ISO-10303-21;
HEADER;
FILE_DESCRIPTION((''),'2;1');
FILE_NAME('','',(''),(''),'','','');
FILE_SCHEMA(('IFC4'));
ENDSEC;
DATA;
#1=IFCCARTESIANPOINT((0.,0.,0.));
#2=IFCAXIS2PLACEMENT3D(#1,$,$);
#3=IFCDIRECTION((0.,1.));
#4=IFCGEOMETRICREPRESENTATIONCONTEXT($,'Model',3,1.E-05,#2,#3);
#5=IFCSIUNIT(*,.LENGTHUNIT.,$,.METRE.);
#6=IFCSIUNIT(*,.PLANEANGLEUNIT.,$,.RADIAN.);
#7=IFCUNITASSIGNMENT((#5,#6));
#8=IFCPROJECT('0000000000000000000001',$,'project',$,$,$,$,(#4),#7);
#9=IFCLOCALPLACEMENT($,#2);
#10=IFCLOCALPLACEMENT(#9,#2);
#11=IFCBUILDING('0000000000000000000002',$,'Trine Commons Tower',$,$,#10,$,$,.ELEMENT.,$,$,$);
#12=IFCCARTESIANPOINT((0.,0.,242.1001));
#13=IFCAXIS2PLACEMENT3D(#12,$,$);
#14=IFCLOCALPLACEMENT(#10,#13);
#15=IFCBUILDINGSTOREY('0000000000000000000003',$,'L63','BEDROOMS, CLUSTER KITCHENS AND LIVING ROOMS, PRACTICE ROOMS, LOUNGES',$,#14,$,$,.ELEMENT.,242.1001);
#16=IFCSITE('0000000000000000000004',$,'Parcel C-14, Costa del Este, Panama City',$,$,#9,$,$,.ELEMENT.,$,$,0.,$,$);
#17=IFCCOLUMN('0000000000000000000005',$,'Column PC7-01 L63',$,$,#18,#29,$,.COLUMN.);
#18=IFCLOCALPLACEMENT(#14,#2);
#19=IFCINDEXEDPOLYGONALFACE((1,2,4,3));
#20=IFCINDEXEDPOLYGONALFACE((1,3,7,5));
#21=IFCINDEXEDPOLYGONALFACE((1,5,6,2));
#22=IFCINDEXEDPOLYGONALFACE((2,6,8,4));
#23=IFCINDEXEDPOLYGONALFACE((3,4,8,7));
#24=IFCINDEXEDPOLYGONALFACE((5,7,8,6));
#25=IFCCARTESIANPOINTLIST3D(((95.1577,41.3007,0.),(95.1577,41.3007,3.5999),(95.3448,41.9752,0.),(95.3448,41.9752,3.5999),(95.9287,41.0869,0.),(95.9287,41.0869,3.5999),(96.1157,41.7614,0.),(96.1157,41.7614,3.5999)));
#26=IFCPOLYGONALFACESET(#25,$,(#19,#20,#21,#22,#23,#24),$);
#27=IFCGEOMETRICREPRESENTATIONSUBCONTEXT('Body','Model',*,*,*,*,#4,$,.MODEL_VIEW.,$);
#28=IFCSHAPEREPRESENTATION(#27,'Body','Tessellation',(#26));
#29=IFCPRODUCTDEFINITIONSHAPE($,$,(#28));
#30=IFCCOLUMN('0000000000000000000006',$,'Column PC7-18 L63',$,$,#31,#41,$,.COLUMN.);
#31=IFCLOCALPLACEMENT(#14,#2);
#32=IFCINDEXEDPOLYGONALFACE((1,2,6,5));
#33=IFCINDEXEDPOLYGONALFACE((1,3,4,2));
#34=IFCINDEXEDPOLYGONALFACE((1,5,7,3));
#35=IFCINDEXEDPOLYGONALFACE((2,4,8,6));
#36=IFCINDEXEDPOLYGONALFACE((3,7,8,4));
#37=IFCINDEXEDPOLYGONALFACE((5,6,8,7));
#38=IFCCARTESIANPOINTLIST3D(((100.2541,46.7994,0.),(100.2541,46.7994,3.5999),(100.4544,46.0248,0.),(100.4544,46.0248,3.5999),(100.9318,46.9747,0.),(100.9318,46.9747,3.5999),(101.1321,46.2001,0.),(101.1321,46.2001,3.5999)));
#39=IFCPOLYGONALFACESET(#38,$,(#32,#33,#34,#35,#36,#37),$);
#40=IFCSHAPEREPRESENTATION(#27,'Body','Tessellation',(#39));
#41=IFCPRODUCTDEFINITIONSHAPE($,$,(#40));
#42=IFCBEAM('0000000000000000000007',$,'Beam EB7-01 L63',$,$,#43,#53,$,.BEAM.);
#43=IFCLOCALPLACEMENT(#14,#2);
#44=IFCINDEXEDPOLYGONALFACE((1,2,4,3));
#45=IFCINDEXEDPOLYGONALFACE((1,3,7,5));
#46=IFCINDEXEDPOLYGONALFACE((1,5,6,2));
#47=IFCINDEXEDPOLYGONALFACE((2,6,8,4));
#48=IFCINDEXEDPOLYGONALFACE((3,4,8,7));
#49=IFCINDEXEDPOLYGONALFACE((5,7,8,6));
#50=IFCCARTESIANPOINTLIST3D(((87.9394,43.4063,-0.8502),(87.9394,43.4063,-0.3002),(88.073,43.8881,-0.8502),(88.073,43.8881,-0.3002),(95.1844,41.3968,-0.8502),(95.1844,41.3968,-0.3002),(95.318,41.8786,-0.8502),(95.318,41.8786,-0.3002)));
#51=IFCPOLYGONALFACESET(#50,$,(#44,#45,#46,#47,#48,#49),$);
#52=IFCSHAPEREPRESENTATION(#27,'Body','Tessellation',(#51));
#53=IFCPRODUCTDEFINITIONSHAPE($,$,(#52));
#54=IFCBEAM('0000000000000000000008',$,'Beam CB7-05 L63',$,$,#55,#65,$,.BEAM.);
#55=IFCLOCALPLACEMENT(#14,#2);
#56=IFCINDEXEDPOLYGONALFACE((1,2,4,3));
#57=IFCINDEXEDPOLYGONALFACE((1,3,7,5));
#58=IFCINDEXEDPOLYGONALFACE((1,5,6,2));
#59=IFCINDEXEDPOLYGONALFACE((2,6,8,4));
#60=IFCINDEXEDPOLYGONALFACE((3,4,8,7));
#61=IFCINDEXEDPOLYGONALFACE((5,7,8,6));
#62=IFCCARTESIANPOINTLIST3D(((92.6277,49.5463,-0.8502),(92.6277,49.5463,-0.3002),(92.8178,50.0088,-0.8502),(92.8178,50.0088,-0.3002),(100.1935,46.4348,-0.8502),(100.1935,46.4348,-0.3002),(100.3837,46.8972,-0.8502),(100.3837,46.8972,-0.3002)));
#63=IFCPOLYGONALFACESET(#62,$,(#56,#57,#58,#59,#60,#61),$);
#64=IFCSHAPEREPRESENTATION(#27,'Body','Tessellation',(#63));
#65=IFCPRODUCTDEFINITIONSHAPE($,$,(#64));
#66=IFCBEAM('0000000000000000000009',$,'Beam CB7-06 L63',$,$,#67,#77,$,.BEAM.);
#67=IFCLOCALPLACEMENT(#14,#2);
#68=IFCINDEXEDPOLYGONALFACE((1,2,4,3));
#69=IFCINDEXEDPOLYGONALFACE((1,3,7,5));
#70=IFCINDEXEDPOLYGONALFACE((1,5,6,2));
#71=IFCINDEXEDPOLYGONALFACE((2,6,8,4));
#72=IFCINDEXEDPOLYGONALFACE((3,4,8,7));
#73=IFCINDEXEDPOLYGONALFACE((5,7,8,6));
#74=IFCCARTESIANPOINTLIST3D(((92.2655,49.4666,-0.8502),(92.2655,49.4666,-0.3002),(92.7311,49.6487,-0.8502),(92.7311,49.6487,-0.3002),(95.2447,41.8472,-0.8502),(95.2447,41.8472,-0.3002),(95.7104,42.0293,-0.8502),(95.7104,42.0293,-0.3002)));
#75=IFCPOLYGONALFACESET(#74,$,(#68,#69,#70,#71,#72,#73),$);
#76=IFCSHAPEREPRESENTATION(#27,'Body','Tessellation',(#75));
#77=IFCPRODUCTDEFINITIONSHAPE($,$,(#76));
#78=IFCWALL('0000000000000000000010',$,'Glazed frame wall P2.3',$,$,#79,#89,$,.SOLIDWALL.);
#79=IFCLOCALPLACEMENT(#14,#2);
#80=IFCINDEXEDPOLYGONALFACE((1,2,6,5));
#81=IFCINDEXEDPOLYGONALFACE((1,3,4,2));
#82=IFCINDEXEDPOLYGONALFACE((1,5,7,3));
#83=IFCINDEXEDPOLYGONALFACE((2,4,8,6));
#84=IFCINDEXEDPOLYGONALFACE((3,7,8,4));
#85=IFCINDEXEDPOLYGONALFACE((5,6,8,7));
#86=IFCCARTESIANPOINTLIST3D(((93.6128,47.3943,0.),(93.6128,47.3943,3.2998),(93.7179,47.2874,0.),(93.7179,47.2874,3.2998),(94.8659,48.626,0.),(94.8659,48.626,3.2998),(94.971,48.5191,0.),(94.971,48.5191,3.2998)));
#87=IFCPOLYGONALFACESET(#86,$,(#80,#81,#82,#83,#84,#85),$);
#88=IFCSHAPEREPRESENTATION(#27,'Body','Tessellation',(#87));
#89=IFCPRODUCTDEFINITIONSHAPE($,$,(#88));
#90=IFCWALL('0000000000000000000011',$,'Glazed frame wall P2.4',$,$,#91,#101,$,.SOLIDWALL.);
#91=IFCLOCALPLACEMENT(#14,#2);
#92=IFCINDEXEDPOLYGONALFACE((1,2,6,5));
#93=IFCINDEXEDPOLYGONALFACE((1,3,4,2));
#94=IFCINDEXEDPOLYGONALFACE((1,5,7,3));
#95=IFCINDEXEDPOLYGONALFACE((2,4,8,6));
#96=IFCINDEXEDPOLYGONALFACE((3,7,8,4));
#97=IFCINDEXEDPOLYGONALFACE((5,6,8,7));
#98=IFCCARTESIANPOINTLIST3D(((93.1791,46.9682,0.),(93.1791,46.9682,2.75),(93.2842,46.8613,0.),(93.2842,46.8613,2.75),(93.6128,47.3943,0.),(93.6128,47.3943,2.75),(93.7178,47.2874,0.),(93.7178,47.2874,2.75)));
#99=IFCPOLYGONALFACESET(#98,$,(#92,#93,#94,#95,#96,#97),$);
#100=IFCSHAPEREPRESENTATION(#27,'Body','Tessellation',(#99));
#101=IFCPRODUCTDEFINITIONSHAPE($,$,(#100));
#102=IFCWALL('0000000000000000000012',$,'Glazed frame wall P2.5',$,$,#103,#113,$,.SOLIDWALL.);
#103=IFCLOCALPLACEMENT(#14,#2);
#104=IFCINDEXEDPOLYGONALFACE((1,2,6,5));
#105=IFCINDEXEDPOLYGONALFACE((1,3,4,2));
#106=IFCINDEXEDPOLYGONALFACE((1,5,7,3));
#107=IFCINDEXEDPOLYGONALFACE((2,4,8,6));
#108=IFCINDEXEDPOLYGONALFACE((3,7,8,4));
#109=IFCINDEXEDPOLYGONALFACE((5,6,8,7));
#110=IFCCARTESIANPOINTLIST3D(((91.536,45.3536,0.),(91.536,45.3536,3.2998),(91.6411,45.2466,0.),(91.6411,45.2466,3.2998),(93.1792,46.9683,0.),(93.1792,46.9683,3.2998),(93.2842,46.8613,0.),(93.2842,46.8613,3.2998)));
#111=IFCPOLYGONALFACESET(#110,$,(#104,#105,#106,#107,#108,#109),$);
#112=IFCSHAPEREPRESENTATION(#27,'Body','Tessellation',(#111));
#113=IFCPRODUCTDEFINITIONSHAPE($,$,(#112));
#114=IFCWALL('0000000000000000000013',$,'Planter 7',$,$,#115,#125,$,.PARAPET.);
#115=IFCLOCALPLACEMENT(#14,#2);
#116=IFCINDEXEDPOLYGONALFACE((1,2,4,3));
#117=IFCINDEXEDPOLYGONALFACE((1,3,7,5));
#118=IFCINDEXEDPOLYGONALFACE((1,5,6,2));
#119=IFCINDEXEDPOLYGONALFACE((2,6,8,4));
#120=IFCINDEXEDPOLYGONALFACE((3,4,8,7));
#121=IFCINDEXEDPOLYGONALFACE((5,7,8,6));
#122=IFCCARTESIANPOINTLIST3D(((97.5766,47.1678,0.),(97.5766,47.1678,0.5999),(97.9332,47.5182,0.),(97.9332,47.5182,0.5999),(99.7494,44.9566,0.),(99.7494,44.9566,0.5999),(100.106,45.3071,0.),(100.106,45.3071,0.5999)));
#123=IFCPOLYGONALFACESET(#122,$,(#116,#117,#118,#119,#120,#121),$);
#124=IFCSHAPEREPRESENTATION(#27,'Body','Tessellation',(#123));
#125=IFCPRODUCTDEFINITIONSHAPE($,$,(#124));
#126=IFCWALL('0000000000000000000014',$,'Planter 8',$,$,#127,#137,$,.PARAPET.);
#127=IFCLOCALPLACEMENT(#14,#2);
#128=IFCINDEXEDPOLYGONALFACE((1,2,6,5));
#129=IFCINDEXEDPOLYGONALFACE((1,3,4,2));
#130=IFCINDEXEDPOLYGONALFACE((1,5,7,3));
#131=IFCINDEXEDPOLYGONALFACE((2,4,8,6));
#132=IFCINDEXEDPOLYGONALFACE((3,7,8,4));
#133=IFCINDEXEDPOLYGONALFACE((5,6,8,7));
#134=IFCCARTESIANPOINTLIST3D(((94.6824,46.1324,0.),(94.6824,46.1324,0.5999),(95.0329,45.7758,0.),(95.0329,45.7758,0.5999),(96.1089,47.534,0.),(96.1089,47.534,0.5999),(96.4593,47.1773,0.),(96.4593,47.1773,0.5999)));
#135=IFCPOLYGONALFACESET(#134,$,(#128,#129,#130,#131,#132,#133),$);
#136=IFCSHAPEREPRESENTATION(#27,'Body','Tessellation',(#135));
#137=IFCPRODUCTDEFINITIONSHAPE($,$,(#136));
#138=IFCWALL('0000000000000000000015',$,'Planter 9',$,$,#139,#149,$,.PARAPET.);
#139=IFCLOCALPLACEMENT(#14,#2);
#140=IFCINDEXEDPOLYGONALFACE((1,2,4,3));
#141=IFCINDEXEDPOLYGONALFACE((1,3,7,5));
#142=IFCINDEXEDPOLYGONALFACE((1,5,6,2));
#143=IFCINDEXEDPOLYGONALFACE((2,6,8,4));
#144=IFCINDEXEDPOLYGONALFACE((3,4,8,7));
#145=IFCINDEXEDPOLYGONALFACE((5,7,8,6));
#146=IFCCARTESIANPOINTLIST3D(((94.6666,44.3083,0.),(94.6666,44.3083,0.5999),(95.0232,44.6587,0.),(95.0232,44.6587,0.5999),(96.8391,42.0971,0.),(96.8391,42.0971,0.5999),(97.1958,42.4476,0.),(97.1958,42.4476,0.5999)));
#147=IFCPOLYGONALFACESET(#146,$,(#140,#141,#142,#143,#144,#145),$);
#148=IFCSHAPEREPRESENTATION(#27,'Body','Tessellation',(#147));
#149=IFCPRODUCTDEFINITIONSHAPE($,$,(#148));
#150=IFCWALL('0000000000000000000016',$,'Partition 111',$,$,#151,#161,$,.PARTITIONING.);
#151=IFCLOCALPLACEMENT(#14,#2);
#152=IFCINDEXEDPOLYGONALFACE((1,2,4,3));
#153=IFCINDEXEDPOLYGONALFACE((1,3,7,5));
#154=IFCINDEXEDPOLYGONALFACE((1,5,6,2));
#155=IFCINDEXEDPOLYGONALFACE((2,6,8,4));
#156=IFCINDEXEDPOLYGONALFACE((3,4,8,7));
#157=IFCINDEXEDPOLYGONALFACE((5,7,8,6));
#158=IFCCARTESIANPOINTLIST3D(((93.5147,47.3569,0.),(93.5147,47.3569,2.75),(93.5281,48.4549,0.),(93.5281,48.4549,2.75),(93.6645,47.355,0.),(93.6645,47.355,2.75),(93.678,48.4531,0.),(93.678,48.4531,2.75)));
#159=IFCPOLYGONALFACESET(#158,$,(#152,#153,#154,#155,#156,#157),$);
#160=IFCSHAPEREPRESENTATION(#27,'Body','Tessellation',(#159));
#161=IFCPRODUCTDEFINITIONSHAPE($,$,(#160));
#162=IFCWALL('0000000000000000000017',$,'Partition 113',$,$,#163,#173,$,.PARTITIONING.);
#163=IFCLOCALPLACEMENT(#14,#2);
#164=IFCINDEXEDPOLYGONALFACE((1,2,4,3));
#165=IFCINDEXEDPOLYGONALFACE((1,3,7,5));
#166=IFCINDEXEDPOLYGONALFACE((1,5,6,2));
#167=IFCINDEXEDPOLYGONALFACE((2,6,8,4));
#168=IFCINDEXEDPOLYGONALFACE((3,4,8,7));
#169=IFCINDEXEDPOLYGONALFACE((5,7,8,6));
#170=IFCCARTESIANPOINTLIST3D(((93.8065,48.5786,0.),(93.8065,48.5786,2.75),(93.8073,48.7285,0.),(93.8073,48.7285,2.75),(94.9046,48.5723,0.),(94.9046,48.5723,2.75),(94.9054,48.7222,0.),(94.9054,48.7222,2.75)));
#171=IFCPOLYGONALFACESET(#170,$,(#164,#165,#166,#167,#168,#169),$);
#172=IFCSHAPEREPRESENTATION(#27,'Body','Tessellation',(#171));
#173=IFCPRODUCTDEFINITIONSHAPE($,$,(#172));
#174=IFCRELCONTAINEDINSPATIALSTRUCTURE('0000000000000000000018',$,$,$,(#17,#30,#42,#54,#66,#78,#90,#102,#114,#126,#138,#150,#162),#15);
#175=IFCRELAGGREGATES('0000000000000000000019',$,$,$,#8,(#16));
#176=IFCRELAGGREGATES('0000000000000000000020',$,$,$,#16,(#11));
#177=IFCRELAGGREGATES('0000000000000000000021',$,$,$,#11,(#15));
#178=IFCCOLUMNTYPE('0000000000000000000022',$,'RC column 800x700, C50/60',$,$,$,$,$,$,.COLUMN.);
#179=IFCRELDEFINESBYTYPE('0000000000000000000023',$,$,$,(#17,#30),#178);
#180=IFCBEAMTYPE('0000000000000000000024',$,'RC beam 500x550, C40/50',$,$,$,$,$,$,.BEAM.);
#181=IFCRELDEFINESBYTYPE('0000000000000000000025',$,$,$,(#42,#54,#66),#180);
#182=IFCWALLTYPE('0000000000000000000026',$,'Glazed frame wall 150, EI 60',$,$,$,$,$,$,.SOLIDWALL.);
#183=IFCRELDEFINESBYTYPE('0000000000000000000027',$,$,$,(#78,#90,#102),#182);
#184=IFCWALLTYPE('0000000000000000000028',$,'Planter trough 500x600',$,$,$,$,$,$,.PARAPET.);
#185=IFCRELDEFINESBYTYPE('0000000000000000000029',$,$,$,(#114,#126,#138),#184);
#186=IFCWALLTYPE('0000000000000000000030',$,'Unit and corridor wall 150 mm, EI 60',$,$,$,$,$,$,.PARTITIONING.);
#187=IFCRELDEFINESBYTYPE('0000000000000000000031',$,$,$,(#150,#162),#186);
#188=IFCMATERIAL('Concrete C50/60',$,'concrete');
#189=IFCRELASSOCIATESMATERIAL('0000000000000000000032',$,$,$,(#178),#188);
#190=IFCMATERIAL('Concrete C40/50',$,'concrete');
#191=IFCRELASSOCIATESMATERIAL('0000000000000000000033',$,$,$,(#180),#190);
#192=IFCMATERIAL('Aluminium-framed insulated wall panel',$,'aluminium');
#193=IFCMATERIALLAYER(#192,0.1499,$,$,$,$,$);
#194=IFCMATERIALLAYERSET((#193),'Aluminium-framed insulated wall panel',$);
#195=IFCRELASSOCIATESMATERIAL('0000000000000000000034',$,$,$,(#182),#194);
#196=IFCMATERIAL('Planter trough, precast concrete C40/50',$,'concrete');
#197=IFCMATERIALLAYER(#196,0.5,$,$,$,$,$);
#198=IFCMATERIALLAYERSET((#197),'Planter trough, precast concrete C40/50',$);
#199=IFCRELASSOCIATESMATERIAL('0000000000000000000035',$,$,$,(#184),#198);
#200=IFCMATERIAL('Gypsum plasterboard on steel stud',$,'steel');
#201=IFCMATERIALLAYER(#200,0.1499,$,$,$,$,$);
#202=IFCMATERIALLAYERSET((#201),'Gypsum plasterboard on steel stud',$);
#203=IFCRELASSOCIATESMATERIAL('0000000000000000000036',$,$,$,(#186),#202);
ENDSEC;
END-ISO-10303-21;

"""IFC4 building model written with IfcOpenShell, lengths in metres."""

from ifc_helpers import new_model, si_unit, direction, frame, frame_2d, origin, origin_2d, place, context, subcontext, project, spatial, polyline, rectangle, outline, extrude, material, layer, layer_set, material_profile, profile_set, type_object, element, save


model = new_model("IFC4")

# Units and contexts
model_context = context("Model", 3, precision=1e-05, world=origin(), true_north=direction((0.0, 1.0)))
body_context = subcontext(model_context, "Body", "Model", "MODEL_VIEW")
ifc_project = project(units=[si_unit("LENGTHUNIT", "METRE"), si_unit("PLANEANGLEUNIT", "RADIAN")], contexts=[model_context])

# Site, building, storey
site_placement = place(None, origin())
site = spatial("IfcSite", under=ifc_project, at=site_placement, Name="Parcel C-14, Costa del Este, Panama City", CompositionType="ELEMENT", RefElevation=0.0)
building_placement = place(site_placement, origin())
building = spatial("IfcBuilding", under=site, at=building_placement, Name="Trine Commons Tower", CompositionType="ELEMENT")
storey_placement = place(building_placement, frame((0.0, 0.0, 242.1001)))
storey = spatial("IfcBuildingStorey", under=building, at=storey_placement, Name="L63", Description="BEDROOMS, CLUSTER KITCHENS AND LIVING ROOMS, PRACTICE ROOMS, LOUNGES", CompositionType="ELEMENT", Elevation=242.1001)

# Columns
ifc_material_1 = material(Name="Concrete C50/60", Category="concrete")
ifc_material_profile_1 = material_profile(ifc_material_1, rectangle(XDim=0.8, YDim=0.7, at=origin_2d()), Name="RC 800x700")
ifc_profile_set_1 = profile_set([ifc_material_profile_1], Name="Concrete C50/60")
column_type = type_object("IfcColumnType", Name="RC column 800x700, C50/60", PredefinedType="COLUMN", material=ifc_profile_set_1)
for number, where, z_axis, x_axis, name in (
    (1, (95.6367, 41.531, 0.0), (0.0, 0.0, 1.0), (-0.96363, 0.267238, 0.0), "Column PC7-01 L63"),
    (2, (100.6931, 46.4998, 0.0), (0.0, 0.0, 1.0), (-0.25038, 0.968148, 0.0), "Column PC7-18 L63"),
):
    element("IfcColumn", number, at=place(storey_placement, frame(where, z_axis=z_axis, x_axis=x_axis)), inside=storey, type_object=column_type, Name=name, PredefinedType="COLUMN", context=body_context, shape_type="SweptSolid", body=[
        extrude(rectangle(XDim=0.8, YDim=0.7, at=origin_2d()), origin(), (0.0, 0.0, 1.0), 3.5999),
    ])

# Beams
ifc_material_2 = material(Name="Concrete C40/50", Category="concrete")
ifc_material_profile_2 = material_profile(ifc_material_2, rectangle(XDim=0.5, YDim=0.55, at=origin_2d()), Name="RC 500x550")
ifc_profile_set_2 = profile_set([ifc_material_profile_2], Name="Concrete C40/50")
beam_type = type_object("IfcBeamType", Name="RC beam 500x550, C40/50", PredefinedType="BEAM", material=ifc_profile_set_2)
beam_1_placement = place(storey_placement, frame((95.2512, 41.6377, -0.5752), z_axis=(-0.963621, 0.267272, 0.0), x_axis=(-0.267272, -0.963621, 0.0)))
element("IfcBeam", 3, at=beam_1_placement, inside=storey, type_object=beam_type, Name="Beam EB7-01 L63", PredefinedType="BEAM", context=body_context, shape_type="SweptSolid", body=[
    extrude(rectangle(XDim=0.5, YDim=0.55, at=origin_2d()), origin(), (0.0, 0.0, 1.0), 7.5186),
])
beam_2_placement = place(storey_placement, frame((100.2886, 46.666, -0.5752), z_axis=(-0.924842, 0.380352, 0.0), x_axis=(-0.380352, -0.924842, 0.0)))
element("IfcBeam", 4, at=beam_2_placement, inside=storey, type_object=beam_type, Name="Beam CB7-05 L63", PredefinedType="BEAM", context=body_context, shape_type="SweptSolid", body=[
    extrude(rectangle(XDim=0.5, YDim=0.55, at=origin_2d()), origin(), (0.0, 0.0, 1.0), 8.1807),
])
beam_3_placement = place(storey_placement, frame((95.4775, 41.9382, -0.5752), z_axis=(-0.364161, 0.931336, 0.0), x_axis=(-0.931336, -0.364161, 0.0)))
element("IfcBeam", 5, at=beam_3_placement, inside=storey, type_object=beam_type, Name="Beam CB7-06 L63", PredefinedType="BEAM", context=body_context, shape_type="SweptSolid", body=[
    extrude(rectangle(XDim=0.5, YDim=0.55, at=origin_2d()), origin(), (0.0, 0.0, 1.0), 8.1812),
])

# Walls
ifc_material_3 = material(Name="Aluminium-framed insulated wall panel", Category="aluminium")
ifc_layer_1 = layer(ifc_material_3, 0.1499)
ifc_layer_set_1 = layer_set([ifc_layer_1], Name="Aluminium-framed insulated wall panel")
wall_type_1 = type_object("IfcWallType", Name="Glazed frame wall 150, EI 60", PredefinedType="SOLIDWALL", material=ifc_layer_set_1)
wall_1_placement = place(storey_placement, frame((94.9185, 48.5725, 0.0), z_axis=(0.0, 0.0, 1.0), x_axis=(-0.713194, -0.700967, 0.0)))
element("IfcWall", 6, at=wall_1_placement, inside=storey, type_object=wall_type_1, Name="Glazed frame wall P2.3", PredefinedType="SOLIDWALL", context=body_context, shape_type="SweptSolid", body=[
    extrude(outline(polyline([(0.0, -0.075), (1.7571, -0.075), (1.7571, 0.075), (0.0, 0.075), (0.0, -0.075)])), origin(), (0.0, 0.0, 1.0), 3.2998),
])
wall_2_placement = place(storey_placement, frame((93.6653, 47.3408, 0.0), z_axis=(0.0, 0.0, 1.0), x_axis=(-0.713305, -0.700854, 0.0)))
element("IfcWall", 7, at=wall_2_placement, inside=storey, type_object=wall_type_1, Name="Glazed frame wall P2.4", PredefinedType="SOLIDWALL", context=body_context, shape_type="SweptSolid", body=[
    extrude(outline(polyline([(0.0, -0.075), (0.6079, -0.075), (0.6079, 0.075), (0.0, 0.075), (0.0, -0.075)])), origin(), (0.0, 0.0, 1.0), 2.75),
])
wall_3_placement = place(storey_placement, frame((93.2317, 46.9148, 0.0), z_axis=(0.0, 0.0, 1.0), x_axis=(-0.713249, -0.70091, 0.0)))
element("IfcWall", 8, at=wall_3_placement, inside=storey, type_object=wall_type_1, Name="Glazed frame wall P2.5", PredefinedType="SOLIDWALL", context=body_context, shape_type="SweptSolid", body=[
    extrude(outline(polyline([(2.3037, 0.075), (0.0, 0.075), (0.0, -0.075), (2.3037, -0.075), (2.3037, 0.075)])), origin(), (0.0, 0.0, 1.0), 3.2998),
])

# Walls
ifc_material_4 = material(Name="Planter trough, precast concrete C40/50", Category="concrete")
ifc_layer_2 = layer(ifc_material_4, 0.5)
ifc_layer_set_2 = layer_set([ifc_layer_2], Name="Planter trough, precast concrete C40/50")
wall_type_2 = type_object("IfcWallType", Name="Planter trough 500x600", PredefinedType="PARAPET", material=ifc_layer_set_2)
wall_4_placement = place(storey_placement, frame((99.9277, 45.1318, 0.0), z_axis=(0.0, 0.0, 1.0), x_axis=(-0.700898, 0.713262, 0.0)))
element("IfcWall", 9, at=wall_4_placement, inside=storey, type_object=wall_type_2, Name="Planter 7", PredefinedType="PARAPET", context=body_context, shape_type="SweptSolid", body=[
    extrude(rectangle(XDim=3.1001, YDim=0.5, at=frame_2d((1.55, 0.0))), origin(), (0.0, 0.0, 1.0), 0.5999),
])
wall_5_placement = place(storey_placement, frame((96.2842, 47.3557, 0.0), z_axis=(0.0, 0.0, 1.0), x_axis=(-0.713305, -0.700853, 0.0)))
element("IfcWall", 10, at=wall_5_placement, inside=storey, type_object=wall_type_2, Name="Planter 8", PredefinedType="PARAPET", context=body_context, shape_type="SweptSolid", body=[
    extrude(rectangle(XDim=1.9998, YDim=0.5, at=frame_2d((1.0, 0.0))), origin(), (0.0, 0.0, 1.0), 0.5999),
])
wall_6_placement = place(storey_placement, frame((94.845, 44.4834, 0.0), z_axis=(0.0, 0.0, 1.0), x_axis=(0.700858, -0.713301, 0.0)))
element("IfcWall", 11, at=wall_6_placement, inside=storey, type_object=wall_type_2, Name="Planter 9", PredefinedType="PARAPET", context=body_context, shape_type="SweptSolid", body=[
    extrude(rectangle(XDim=3.0999, YDim=0.5, at=frame_2d((1.5498, 0.0))), origin(), (0.0, 0.0, 1.0), 0.5999),
])
ifc_material_5 = material(Name="Gypsum plasterboard on steel stud", Category="steel")
ifc_layer_3 = layer(ifc_material_5, 0.1499)
ifc_layer_set_3 = layer_set([ifc_layer_3], Name="Gypsum plasterboard on steel stud")
wall_type_3 = type_object("IfcWallType", Name="Unit and corridor wall 150 mm, EI 60", PredefinedType="PARTITIONING", material=ifc_layer_set_3)
for number, where, z_axis, x_axis, name in (
    (12, (93.5896, 47.356, 0.0), (0.0, 0.0, 1.0), (0.012227, 0.999925, 0.0), "Partition 111"),
    (13, (93.8069, 48.6536, 0.0), (0.0, 0.0, 1.0), (0.999983, -0.00578, 0.0), "Partition 113"),
):
    element("IfcWall", number, at=place(storey_placement, frame(where, z_axis=z_axis, x_axis=x_axis)), inside=storey, type_object=wall_type_3, Name=name, PredefinedType="PARTITIONING", context=body_context, shape_type="SweptSolid", body=[
        extrude(rectangle(XDim=1.0981, YDim=0.1499, at=frame_2d((0.5491, 0.0))), origin(), (0.0, 0.0, 1.0), 2.75),
    ])

save(model, "model.ifc")
